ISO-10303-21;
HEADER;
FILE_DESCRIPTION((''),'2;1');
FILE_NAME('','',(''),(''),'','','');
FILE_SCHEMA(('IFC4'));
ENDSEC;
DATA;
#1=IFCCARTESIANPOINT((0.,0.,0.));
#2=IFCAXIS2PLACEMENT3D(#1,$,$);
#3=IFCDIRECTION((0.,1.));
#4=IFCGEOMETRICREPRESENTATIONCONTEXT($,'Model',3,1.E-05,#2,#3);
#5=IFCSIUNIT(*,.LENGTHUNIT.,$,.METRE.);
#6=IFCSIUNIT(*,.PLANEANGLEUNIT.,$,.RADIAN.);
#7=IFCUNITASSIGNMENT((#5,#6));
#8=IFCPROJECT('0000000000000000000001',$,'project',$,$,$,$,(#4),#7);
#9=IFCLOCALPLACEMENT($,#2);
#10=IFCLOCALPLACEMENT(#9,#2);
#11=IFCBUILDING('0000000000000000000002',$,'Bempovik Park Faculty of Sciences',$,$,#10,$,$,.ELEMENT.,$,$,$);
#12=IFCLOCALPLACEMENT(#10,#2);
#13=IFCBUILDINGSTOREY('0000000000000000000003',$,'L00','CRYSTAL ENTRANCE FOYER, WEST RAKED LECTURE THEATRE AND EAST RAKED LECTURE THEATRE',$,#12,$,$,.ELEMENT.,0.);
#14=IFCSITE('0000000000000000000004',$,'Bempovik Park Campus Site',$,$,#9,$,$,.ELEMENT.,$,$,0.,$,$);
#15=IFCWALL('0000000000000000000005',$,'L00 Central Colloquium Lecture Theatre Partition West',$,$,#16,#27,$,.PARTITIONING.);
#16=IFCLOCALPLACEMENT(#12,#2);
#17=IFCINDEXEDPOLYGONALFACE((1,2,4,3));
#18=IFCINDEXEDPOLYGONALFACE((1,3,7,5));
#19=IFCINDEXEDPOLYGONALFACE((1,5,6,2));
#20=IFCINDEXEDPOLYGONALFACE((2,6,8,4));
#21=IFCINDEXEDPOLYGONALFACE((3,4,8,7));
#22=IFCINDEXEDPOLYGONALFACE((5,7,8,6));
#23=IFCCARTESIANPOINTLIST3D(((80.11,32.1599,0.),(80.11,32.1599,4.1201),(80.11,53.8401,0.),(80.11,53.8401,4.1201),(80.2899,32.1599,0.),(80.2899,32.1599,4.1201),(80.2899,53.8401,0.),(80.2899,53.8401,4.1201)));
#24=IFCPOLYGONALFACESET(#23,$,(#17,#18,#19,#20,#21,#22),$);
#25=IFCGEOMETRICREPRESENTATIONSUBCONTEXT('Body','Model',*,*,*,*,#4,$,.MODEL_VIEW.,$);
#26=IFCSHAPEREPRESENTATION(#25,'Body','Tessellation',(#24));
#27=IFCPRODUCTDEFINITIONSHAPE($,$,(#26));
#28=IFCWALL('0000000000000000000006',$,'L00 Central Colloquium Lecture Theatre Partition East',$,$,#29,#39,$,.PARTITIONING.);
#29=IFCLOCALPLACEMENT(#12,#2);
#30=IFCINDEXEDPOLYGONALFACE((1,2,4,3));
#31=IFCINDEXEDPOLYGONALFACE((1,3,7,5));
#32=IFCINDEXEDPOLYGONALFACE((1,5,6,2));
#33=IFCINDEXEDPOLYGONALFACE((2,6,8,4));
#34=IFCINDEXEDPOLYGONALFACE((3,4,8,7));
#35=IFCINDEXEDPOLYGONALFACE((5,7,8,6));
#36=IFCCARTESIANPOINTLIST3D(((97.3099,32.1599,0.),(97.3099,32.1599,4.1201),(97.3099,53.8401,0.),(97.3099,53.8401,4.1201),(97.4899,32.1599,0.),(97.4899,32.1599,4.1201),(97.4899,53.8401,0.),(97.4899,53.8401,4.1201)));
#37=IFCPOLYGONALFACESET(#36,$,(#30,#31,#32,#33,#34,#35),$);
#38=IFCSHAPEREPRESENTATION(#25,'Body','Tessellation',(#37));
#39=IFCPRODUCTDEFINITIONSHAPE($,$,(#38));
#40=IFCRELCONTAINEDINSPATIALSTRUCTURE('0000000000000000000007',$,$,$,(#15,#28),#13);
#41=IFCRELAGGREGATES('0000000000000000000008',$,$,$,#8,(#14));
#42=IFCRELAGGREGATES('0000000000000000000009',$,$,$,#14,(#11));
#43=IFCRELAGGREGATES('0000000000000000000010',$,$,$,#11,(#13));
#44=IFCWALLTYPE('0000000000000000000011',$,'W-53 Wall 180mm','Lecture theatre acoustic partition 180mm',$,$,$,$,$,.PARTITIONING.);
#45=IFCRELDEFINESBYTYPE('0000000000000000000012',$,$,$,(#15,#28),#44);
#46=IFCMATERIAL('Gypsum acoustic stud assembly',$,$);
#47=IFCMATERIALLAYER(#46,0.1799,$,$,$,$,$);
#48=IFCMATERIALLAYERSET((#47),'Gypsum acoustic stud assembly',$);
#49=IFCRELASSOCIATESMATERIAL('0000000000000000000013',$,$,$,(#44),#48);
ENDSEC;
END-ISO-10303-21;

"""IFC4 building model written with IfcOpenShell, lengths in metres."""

from ifc_helpers import new_model, si_unit, direction, frame, frame_2d, origin, place, context, subcontext, project, spatial, rectangle, extrude, material, layer, layer_set, type_object, element, save


model = new_model("IFC4")

# Units and contexts
model_context = context("Model", 3, precision=1e-05, world=origin(), true_north=direction((0.0, 1.0)))
body_context = subcontext(model_context, "Body", "Model", "MODEL_VIEW")
ifc_project = project(units=[si_unit("LENGTHUNIT", "METRE"), si_unit("PLANEANGLEUNIT", "RADIAN")], contexts=[model_context])

# Site, building, storey
site_placement = place(None, origin())
site = spatial("IfcSite", under=ifc_project, at=site_placement, Name="Bempovik Park Campus Site", CompositionType="ELEMENT", RefElevation=0.0)
building_placement = place(site_placement, origin())
building = spatial("IfcBuilding", under=site, at=building_placement, Name="Bempovik Park Faculty of Sciences", CompositionType="ELEMENT")
storey_placement = place(building_placement, origin())
storey = spatial("IfcBuildingStorey", under=building, at=storey_placement, Name="L00", Description="CRYSTAL ENTRANCE FOYER, WEST RAKED LECTURE THEATRE AND EAST RAKED LECTURE THEATRE", CompositionType="ELEMENT", Elevation=0.0)

# Shared definitions
ifc_material_1 = material(Name="Gypsum acoustic stud assembly")
ifc_layer = layer(ifc_material_1, 0.1799)
ifc_layer_set = layer_set([ifc_layer], Name="Gypsum acoustic stud assembly")
wall_type = type_object("IfcWallType", Name="W-53 Wall 180mm", Description="Lecture theatre acoustic partition 180mm", PredefinedType="PARTITIONING", material=ifc_layer_set)

# Walls
for number, where, z_axis, x_axis, name in (
    (1, (80.2, 32.1599, 0.0), (0.0, 0.0, 1.0), (0.0, 1.0, 0.0), "L00 Central Colloquium Lecture Theatre Partition West"),
    (2, (97.3999, 32.1599, 0.0), (0.0, 0.0, 1.0), (0.0, 1.0, 0.0), "L00 Central Colloquium Lecture Theatre Partition East"),
):
    element("IfcWall", number, at=place(storey_placement, frame(where, z_axis=z_axis, x_axis=x_axis)), inside=storey, type_object=wall_type, Name=name, PredefinedType="PARTITIONING", context=body_context, shape_type="SweptSolid", body=[
        extrude(rectangle(XDim=21.6802, YDim=0.1799, at=frame_2d((10.8401, 0.0))), origin(), (0.0, 0.0, 1.0), 4.1201),
    ])

save(model, "model.ifc")
